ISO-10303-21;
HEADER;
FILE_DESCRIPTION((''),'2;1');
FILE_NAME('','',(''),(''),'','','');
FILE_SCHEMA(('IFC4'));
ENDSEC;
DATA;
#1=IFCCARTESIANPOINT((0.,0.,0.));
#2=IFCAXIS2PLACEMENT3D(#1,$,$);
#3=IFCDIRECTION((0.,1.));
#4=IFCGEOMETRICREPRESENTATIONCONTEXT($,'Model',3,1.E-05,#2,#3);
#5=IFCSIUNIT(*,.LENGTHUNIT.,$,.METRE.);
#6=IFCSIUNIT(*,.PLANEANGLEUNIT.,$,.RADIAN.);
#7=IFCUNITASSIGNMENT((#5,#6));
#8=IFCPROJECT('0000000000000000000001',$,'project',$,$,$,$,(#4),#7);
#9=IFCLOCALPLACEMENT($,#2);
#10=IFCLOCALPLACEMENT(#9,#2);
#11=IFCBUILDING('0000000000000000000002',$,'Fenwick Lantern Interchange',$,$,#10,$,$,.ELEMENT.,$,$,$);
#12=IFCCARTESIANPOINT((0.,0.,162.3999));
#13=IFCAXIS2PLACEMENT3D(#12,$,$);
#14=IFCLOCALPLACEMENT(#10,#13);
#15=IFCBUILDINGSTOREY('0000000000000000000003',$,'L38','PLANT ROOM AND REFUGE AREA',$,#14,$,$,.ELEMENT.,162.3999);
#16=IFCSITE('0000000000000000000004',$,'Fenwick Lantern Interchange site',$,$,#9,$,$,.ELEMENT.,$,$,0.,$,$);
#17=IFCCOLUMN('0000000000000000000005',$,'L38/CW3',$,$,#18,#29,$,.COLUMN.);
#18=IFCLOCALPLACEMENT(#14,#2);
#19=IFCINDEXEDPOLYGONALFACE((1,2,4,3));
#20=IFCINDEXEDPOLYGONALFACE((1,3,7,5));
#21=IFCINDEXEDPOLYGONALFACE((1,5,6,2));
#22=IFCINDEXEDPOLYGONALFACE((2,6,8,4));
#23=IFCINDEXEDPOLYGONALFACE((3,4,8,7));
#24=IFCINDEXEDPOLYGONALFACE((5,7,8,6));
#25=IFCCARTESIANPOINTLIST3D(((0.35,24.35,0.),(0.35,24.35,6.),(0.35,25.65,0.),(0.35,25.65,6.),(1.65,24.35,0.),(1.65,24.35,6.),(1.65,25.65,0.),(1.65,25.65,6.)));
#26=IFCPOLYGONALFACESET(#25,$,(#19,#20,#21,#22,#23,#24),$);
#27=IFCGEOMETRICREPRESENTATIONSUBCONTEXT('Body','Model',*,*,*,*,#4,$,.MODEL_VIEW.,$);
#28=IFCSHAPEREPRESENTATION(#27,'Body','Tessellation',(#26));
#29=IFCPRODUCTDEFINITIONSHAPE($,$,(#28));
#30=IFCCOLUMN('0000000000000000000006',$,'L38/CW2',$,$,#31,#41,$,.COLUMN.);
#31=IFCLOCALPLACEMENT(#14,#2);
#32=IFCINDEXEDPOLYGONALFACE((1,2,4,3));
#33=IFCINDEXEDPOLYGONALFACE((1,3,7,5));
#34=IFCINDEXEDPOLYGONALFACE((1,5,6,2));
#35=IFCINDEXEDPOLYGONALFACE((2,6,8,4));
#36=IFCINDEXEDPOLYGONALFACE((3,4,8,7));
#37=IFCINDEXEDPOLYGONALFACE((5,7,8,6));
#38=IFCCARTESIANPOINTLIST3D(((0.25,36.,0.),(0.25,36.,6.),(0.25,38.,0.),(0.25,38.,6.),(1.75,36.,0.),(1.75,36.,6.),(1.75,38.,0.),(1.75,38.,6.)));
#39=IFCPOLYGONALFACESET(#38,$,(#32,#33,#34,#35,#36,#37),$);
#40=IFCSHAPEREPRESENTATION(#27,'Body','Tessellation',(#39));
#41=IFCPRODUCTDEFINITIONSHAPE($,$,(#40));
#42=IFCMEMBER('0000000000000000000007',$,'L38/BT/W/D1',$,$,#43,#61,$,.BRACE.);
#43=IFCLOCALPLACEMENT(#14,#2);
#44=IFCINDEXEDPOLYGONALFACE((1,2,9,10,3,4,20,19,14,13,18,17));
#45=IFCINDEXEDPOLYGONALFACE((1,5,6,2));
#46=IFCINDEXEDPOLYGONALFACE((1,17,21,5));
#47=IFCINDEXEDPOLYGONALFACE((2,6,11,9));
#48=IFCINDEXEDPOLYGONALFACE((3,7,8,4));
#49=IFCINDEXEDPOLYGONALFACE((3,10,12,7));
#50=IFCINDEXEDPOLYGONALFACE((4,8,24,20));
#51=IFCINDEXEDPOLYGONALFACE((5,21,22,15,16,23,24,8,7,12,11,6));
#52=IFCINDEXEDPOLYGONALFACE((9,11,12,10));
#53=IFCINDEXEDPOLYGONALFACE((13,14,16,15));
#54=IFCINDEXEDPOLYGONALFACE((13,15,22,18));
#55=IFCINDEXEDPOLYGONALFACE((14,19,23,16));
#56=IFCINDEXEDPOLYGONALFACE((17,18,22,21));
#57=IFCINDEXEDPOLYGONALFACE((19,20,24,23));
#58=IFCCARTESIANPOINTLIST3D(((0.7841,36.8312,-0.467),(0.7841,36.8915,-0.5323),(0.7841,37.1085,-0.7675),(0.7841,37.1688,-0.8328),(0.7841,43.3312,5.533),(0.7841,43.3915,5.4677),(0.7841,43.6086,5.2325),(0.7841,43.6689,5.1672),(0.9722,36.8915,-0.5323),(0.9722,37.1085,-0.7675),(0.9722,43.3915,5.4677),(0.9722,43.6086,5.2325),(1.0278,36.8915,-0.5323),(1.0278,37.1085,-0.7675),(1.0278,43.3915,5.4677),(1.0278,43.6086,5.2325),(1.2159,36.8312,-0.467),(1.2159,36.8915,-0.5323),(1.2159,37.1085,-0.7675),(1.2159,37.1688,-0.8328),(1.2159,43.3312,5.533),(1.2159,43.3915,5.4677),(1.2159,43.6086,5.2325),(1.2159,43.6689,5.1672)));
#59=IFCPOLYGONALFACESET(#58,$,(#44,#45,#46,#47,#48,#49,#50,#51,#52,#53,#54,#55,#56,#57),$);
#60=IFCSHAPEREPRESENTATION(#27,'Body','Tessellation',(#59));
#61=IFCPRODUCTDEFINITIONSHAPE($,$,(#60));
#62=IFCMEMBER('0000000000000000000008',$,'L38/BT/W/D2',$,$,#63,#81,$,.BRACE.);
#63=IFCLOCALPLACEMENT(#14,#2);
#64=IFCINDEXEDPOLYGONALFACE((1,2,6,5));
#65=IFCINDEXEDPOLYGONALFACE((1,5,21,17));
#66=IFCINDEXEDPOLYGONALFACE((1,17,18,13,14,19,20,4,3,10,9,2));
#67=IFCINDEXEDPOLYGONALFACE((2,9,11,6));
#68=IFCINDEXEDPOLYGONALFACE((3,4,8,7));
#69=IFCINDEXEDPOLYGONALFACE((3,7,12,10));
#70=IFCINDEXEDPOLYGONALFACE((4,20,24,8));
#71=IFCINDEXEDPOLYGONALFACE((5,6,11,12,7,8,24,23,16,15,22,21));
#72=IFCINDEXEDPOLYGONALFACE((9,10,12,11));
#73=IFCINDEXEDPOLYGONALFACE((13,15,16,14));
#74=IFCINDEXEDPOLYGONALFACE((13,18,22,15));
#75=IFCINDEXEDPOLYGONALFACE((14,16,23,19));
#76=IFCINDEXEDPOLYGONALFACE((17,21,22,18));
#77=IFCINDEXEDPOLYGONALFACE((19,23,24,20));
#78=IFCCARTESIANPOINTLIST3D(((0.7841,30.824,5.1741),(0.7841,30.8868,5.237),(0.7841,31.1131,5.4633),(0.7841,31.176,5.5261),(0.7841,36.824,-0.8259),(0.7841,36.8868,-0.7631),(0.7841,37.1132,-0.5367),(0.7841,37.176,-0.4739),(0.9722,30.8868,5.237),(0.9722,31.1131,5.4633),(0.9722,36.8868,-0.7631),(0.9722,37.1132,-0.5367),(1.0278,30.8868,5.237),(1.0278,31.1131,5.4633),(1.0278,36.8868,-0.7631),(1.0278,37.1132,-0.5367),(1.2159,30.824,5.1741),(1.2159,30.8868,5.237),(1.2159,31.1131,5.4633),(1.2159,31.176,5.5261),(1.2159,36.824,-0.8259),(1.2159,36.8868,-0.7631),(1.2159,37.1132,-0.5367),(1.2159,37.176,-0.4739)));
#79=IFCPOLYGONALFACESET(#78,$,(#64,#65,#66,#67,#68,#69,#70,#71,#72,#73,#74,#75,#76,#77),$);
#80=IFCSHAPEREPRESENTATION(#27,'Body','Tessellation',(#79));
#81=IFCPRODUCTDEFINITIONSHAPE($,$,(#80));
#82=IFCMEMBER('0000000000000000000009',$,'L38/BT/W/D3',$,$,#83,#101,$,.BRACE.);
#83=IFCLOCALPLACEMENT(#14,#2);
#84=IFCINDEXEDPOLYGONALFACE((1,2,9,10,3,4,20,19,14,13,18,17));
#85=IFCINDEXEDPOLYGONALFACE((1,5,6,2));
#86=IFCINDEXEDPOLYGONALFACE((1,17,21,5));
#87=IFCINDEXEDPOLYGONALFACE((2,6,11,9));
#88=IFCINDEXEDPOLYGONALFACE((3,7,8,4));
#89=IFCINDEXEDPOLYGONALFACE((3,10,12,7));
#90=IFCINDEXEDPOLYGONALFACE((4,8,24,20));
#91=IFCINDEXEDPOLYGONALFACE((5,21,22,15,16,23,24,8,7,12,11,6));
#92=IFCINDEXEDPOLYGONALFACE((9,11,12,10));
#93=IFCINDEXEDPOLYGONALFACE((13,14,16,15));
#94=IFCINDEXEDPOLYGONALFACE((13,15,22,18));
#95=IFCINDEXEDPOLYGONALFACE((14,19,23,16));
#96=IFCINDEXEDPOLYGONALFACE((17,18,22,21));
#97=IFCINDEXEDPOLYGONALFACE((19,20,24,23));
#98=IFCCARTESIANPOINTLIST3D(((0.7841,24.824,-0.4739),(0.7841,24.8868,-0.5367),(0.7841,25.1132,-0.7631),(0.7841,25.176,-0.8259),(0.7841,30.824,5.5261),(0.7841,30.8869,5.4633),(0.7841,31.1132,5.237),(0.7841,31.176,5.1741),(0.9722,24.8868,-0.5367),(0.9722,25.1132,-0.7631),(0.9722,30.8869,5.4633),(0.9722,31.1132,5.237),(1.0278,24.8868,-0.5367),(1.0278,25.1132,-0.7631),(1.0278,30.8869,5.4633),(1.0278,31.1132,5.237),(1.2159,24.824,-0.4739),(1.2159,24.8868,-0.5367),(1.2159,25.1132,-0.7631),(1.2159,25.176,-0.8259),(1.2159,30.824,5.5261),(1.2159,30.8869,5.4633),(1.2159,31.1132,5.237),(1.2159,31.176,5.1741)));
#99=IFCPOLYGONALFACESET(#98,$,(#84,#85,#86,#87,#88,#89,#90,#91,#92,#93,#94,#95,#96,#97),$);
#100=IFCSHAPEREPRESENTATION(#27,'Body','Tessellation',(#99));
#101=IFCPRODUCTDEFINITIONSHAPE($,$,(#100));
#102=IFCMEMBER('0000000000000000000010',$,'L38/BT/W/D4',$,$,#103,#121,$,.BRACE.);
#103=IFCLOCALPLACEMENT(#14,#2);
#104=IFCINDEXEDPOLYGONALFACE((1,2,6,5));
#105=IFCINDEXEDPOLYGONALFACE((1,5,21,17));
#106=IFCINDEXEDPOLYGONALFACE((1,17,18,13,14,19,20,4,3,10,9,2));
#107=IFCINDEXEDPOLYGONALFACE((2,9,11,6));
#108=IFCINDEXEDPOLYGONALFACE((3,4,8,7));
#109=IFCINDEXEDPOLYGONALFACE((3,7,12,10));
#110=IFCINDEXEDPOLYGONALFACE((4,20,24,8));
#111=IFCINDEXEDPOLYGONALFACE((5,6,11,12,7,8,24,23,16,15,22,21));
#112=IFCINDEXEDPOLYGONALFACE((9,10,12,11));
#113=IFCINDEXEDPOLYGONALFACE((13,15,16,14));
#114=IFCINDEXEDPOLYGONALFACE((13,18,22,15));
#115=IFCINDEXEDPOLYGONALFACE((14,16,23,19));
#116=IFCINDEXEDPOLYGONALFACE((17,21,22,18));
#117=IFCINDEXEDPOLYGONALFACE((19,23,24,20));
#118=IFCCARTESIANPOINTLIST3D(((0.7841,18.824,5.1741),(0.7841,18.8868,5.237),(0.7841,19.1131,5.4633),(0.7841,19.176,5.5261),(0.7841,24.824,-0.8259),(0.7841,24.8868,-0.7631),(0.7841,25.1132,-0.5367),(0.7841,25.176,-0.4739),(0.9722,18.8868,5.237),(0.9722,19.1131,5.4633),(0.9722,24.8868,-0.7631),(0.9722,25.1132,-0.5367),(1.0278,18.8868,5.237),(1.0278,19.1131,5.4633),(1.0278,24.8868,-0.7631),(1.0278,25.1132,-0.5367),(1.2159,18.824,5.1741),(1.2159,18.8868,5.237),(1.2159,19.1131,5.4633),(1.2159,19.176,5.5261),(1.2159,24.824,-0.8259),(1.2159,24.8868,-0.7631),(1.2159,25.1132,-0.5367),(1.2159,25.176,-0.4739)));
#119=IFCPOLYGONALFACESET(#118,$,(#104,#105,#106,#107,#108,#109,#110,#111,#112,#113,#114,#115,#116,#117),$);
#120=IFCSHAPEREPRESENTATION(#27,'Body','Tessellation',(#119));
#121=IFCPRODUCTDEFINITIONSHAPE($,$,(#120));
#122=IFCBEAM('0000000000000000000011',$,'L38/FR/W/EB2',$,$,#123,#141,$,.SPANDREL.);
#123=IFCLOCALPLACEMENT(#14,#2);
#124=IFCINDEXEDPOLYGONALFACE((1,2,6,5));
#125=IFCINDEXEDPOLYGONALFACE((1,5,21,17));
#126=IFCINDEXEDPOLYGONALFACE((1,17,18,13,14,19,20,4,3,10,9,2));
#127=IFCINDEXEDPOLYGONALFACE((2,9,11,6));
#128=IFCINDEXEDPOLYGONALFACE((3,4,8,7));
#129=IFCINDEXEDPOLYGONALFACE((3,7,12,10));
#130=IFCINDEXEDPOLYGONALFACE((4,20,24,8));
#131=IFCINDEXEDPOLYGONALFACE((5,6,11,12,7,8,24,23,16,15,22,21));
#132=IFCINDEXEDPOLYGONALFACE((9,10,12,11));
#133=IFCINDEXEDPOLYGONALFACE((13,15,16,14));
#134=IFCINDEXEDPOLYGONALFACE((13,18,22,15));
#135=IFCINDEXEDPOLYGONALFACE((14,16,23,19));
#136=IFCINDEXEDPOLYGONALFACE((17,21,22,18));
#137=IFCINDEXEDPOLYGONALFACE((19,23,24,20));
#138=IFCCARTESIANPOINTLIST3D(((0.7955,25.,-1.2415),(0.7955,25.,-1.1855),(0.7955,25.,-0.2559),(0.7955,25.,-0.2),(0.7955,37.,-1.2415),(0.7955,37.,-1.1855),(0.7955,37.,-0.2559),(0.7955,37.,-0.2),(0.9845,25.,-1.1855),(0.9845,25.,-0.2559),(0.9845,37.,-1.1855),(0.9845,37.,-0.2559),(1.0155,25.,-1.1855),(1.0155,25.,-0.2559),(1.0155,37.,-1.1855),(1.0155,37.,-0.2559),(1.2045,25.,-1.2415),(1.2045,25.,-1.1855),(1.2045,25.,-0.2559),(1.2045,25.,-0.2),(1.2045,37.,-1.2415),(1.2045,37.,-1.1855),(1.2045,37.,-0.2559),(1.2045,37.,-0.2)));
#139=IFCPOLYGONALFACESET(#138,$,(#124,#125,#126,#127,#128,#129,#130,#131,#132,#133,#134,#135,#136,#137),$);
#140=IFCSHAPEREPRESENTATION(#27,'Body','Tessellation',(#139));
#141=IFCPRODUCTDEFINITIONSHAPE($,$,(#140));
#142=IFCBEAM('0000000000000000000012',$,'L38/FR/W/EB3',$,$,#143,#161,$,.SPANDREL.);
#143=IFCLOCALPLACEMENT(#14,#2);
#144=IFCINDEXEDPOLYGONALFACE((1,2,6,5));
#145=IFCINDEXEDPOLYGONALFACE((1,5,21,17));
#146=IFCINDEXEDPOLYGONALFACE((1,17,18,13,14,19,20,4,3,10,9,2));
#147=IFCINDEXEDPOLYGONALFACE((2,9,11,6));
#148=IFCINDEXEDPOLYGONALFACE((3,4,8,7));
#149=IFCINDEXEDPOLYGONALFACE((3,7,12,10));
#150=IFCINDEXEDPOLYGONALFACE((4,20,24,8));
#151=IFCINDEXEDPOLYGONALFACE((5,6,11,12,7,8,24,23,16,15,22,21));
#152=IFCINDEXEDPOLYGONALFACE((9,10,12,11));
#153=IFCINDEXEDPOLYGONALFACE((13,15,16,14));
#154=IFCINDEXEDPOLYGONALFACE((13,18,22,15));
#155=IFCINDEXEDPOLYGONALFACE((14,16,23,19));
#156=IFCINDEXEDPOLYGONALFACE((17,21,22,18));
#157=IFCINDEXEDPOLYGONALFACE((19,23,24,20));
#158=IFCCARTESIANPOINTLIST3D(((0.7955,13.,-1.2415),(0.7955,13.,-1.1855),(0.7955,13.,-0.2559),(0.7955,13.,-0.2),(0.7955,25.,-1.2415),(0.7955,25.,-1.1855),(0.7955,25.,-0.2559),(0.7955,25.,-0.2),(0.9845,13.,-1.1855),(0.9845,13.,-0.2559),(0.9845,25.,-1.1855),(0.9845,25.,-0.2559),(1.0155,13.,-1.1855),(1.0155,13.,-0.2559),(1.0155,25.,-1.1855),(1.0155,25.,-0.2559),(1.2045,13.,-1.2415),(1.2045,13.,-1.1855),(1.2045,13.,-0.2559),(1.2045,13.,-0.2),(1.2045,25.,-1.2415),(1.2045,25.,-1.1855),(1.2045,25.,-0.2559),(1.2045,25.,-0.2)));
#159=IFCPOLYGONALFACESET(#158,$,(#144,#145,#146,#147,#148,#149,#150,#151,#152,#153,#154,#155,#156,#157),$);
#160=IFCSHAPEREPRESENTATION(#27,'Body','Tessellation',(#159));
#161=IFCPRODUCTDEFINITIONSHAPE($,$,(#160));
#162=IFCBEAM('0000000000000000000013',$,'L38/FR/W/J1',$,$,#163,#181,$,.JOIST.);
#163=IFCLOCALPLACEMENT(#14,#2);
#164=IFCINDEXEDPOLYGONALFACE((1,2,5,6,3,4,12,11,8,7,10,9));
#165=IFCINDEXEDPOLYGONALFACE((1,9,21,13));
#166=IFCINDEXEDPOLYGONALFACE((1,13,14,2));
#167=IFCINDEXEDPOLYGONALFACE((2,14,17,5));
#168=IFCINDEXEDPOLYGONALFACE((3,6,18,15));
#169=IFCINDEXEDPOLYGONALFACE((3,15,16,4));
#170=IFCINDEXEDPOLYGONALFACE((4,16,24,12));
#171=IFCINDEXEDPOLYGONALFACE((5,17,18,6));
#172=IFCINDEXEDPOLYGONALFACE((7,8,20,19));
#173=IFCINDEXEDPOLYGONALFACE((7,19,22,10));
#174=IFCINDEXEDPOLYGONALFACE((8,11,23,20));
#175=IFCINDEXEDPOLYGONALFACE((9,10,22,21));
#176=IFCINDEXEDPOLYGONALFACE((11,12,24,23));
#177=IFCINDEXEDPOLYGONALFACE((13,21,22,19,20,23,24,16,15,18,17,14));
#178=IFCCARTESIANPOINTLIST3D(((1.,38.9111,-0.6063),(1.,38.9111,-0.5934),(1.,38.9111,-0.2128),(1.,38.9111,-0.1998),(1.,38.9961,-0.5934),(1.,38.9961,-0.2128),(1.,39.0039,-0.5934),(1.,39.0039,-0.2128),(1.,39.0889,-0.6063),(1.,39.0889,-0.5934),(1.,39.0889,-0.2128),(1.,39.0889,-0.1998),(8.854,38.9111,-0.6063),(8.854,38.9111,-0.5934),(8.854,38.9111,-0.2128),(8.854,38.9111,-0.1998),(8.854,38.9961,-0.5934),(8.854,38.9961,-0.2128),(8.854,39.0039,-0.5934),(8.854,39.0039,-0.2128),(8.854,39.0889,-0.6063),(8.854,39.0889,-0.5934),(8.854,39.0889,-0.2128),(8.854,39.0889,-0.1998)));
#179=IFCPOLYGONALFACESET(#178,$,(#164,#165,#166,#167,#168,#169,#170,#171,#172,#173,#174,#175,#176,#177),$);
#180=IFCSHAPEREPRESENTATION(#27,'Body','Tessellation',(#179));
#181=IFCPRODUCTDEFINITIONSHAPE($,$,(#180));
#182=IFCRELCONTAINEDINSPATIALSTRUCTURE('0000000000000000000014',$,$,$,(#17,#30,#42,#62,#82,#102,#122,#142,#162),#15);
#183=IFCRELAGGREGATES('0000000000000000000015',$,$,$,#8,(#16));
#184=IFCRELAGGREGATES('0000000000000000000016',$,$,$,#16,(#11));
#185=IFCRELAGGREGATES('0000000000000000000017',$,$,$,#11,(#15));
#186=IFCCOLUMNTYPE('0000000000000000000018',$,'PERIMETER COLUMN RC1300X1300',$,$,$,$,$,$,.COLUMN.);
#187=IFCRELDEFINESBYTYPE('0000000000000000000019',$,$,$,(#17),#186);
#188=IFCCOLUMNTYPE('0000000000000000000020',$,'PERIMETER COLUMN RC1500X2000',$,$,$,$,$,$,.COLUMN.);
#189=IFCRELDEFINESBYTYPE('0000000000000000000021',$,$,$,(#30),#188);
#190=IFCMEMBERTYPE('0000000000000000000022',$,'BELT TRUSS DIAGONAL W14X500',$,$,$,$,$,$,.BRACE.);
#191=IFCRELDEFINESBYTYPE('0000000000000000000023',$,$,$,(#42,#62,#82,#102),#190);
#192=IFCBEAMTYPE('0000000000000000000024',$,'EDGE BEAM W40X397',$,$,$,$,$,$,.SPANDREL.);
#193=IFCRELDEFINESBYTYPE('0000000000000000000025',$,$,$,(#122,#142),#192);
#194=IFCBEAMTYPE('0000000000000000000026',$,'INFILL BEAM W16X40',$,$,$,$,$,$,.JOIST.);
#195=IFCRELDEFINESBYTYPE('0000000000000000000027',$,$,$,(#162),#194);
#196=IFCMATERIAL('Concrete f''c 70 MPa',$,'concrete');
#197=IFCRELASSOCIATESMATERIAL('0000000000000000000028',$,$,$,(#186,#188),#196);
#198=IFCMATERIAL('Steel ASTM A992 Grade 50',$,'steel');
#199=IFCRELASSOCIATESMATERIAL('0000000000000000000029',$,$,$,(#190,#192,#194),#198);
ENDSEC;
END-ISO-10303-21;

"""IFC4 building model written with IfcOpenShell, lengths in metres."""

from ifc_helpers import new_model, si_unit, direction, frame, origin, origin_2d, place, context, subcontext, project, spatial, rectangle, i_section, extrude, material, material_profile, profile_set, type_object, element, save


model = new_model("IFC4")

# Units and contexts
model_context = context("Model", 3, precision=1e-05, world=origin(), true_north=direction((0.0, 1.0)))
body_context = subcontext(model_context, "Body", "Model", "MODEL_VIEW")
ifc_project = project(units=[si_unit("LENGTHUNIT", "METRE"), si_unit("PLANEANGLEUNIT", "RADIAN")], contexts=[model_context])

# Site, building, storey
site_placement = place(None, origin())
site = spatial("IfcSite", under=ifc_project, at=site_placement, Name="Fenwick Lantern Interchange site", CompositionType="ELEMENT", RefElevation=0.0)
building_placement = place(site_placement, origin())
building = spatial("IfcBuilding", under=site, at=building_placement, Name="Fenwick Lantern Interchange", CompositionType="ELEMENT")
storey_placement = place(building_placement, frame((0.0, 0.0, 162.3999)))
storey = spatial("IfcBuildingStorey", under=building, at=storey_placement, Name="L38", Description="PLANT ROOM AND REFUGE AREA", CompositionType="ELEMENT", Elevation=162.3999)

# Columns
ifc_material_1 = material(Name="Concrete f'c 70 MPa", Category="concrete")
ifc_material_profile_1 = material_profile(ifc_material_1, rectangle(XDim=1.3, YDim=1.3, at=origin_2d()), Name="RC1300X1300")
ifc_profile_set_1 = profile_set([ifc_material_profile_1], Name="Concrete f'c 70 MPa")
column_type_1 = type_object("IfcColumnType", Name="PERIMETER COLUMN RC1300X1300", PredefinedType="COLUMN", material=ifc_profile_set_1)
column_1_placement = place(storey_placement, frame((1.0, 25.0, 0.0), z_axis=(0.0, 0.0, 1.0), x_axis=(1.0, 0.0, 0.0)))
element("IfcColumn", 1, at=column_1_placement, inside=storey, type_object=column_type_1, Name="L38/CW3", PredefinedType="COLUMN", context=body_context, shape_type="SweptSolid", body=[
    extrude(rectangle(XDim=1.3, YDim=1.3, at=origin_2d()), origin(), (0.0, 0.0, 1.0), 6.0),
])
ifc_material_profile_2 = material_profile(ifc_material_1, rectangle(XDim=1.5, YDim=2.0, at=origin_2d()), Name="RC1500X2000")
ifc_profile_set_2 = profile_set([ifc_material_profile_2], Name="Concrete f'c 70 MPa")
column_type_2 = type_object("IfcColumnType", Name="PERIMETER COLUMN RC1500X2000", PredefinedType="COLUMN", material=ifc_profile_set_2)
column_2_placement = place(storey_placement, frame((1.0, 37.0, 0.0), z_axis=(0.0, 0.0, 1.0), x_axis=(1.0, 0.0, 0.0)))
element("IfcColumn", 2, at=column_2_placement, inside=storey, type_object=column_type_2, Name="L38/CW2", PredefinedType="COLUMN", context=body_context, shape_type="SweptSolid", body=[
    extrude(rectangle(XDim=1.5, YDim=2.0, at=origin_2d()), origin(), (0.0, 0.0, 1.0), 6.0),
])

# Members
ifc_material_2 = material(Name="Steel ASTM A992 Grade 50", Category="steel")
ifc_material_profile_3 = material_profile(ifc_material_2, i_section(OverallWidth=0.4319, OverallDepth=0.4978, WebThickness=0.0557, FlangeThickness=0.0889, at=origin_2d()), Name="W14X500")
ifc_profile_set_3 = profile_set([ifc_material_profile_3], Name="Steel ASTM A992 Grade 50")
member_type_1 = type_object("IfcMemberType", Name="BELT TRUSS DIAGONAL W14X500", PredefinedType="BRACE", material=ifc_profile_set_3)
member_1_placement = place(storey_placement, frame((1.0, 37.0, -0.6499), z_axis=(0.0, 0.734803, 0.67828), x_axis=(-1.0, 0.0, 0.0)))
element("IfcMember", 3, at=member_1_placement, inside=storey, type_object=member_type_1, Name="L38/BT/W/D1", PredefinedType="BRACE", context=body_context, shape_type="SweptSolid", body=[
    extrude(i_section(OverallWidth=0.4319, OverallDepth=0.4978, WebThickness=0.0557, FlangeThickness=0.0889, at=origin_2d()), origin(), (0.0, 0.0, 1.0), 8.8459),
])
for number, where, z_axis, x_axis, name in (
    (4, (1.0, 37.0, -0.6499), (0.0, -0.707107, 0.707107), (1.0, 0.0, 0.0), "L38/BT/W/D2"),
    (5, (1.0, 25.0, -0.6499), (0.0, 0.707107, 0.707107), (-1.0, 0.0, 0.0), "L38/BT/W/D3"),
    (6, (1.0, 25.0, -0.6499), (0.0, -0.707107, 0.707107), (1.0, 0.0, 0.0), "L38/BT/W/D4"),
):
    element("IfcMember", number, at=place(storey_placement, frame(where, z_axis=z_axis, x_axis=x_axis)), inside=storey, type_object=member_type_1, Name=name, PredefinedType="BRACE", context=body_context, shape_type="SweptSolid", body=[
        extrude(i_section(OverallWidth=0.4319, OverallDepth=0.4978, WebThickness=0.0557, FlangeThickness=0.0889, at=origin_2d()), origin(), (0.0, 0.0, 1.0), 8.4854),
    ])

# Beams
ifc_material_profile_4 = material_profile(ifc_material_2, i_section(OverallWidth=0.4089, OverallDepth=1.0415, WebThickness=0.031, FlangeThickness=0.0559, at=origin_2d()), Name="W40X397")
ifc_profile_set_4 = profile_set([ifc_material_profile_4], Name="Steel ASTM A992 Grade 50")
beam_type_1 = type_object("IfcBeamType", Name="EDGE BEAM W40X397", PredefinedType="SPANDREL", material=ifc_profile_set_4)
for number, where, z_axis, x_axis, name in (
    (7, (1.0, 37.0, -0.7207), (0.0, -1.0, 0.0), (1.0, 0.0, 0.0), "L38/FR/W/EB2"),
    (8, (1.0, 25.0, -0.7207), (0.0, -1.0, 0.0), (1.0, 0.0, 0.0), "L38/FR/W/EB3"),
):
    element("IfcBeam", number, at=place(storey_placement, frame(where, z_axis=z_axis, x_axis=x_axis)), inside=storey, type_object=beam_type_1, Name=name, PredefinedType="SPANDREL", context=body_context, shape_type="SweptSolid", body=[
        extrude(i_section(OverallWidth=0.4089, OverallDepth=1.0415, WebThickness=0.031, FlangeThickness=0.0559, at=origin_2d()), origin(), (0.0, 0.0, 1.0), 12.0),
    ])
ifc_material_profile_5 = material_profile(ifc_material_2, i_section(OverallWidth=0.1777, OverallDepth=0.4065, WebThickness=0.0078, FlangeThickness=0.0129, at=origin_2d()), Name="W16X40")
ifc_profile_set_5 = profile_set([ifc_material_profile_5], Name="Steel ASTM A992 Grade 50")
beam_type_2 = type_object("IfcBeamType", Name="INFILL BEAM W16X40", PredefinedType="JOIST", material=ifc_profile_set_5)
beam_1_placement = place(storey_placement, frame((1.0, 39.0, -0.4031), z_axis=(1.0, 0.0, 0.0), x_axis=(0.0, 1.0, 0.0)))
element("IfcBeam", 9, at=beam_1_placement, inside=storey, type_object=beam_type_2, Name="L38/FR/W/J1", PredefinedType="JOIST", context=body_context, shape_type="SweptSolid", body=[
    extrude(i_section(OverallWidth=0.1777, OverallDepth=0.4065, WebThickness=0.0078, FlangeThickness=0.0129, at=origin_2d()), origin(), (0.0, 0.0, 1.0), 7.854),
])

save(model, "model.ifc")
